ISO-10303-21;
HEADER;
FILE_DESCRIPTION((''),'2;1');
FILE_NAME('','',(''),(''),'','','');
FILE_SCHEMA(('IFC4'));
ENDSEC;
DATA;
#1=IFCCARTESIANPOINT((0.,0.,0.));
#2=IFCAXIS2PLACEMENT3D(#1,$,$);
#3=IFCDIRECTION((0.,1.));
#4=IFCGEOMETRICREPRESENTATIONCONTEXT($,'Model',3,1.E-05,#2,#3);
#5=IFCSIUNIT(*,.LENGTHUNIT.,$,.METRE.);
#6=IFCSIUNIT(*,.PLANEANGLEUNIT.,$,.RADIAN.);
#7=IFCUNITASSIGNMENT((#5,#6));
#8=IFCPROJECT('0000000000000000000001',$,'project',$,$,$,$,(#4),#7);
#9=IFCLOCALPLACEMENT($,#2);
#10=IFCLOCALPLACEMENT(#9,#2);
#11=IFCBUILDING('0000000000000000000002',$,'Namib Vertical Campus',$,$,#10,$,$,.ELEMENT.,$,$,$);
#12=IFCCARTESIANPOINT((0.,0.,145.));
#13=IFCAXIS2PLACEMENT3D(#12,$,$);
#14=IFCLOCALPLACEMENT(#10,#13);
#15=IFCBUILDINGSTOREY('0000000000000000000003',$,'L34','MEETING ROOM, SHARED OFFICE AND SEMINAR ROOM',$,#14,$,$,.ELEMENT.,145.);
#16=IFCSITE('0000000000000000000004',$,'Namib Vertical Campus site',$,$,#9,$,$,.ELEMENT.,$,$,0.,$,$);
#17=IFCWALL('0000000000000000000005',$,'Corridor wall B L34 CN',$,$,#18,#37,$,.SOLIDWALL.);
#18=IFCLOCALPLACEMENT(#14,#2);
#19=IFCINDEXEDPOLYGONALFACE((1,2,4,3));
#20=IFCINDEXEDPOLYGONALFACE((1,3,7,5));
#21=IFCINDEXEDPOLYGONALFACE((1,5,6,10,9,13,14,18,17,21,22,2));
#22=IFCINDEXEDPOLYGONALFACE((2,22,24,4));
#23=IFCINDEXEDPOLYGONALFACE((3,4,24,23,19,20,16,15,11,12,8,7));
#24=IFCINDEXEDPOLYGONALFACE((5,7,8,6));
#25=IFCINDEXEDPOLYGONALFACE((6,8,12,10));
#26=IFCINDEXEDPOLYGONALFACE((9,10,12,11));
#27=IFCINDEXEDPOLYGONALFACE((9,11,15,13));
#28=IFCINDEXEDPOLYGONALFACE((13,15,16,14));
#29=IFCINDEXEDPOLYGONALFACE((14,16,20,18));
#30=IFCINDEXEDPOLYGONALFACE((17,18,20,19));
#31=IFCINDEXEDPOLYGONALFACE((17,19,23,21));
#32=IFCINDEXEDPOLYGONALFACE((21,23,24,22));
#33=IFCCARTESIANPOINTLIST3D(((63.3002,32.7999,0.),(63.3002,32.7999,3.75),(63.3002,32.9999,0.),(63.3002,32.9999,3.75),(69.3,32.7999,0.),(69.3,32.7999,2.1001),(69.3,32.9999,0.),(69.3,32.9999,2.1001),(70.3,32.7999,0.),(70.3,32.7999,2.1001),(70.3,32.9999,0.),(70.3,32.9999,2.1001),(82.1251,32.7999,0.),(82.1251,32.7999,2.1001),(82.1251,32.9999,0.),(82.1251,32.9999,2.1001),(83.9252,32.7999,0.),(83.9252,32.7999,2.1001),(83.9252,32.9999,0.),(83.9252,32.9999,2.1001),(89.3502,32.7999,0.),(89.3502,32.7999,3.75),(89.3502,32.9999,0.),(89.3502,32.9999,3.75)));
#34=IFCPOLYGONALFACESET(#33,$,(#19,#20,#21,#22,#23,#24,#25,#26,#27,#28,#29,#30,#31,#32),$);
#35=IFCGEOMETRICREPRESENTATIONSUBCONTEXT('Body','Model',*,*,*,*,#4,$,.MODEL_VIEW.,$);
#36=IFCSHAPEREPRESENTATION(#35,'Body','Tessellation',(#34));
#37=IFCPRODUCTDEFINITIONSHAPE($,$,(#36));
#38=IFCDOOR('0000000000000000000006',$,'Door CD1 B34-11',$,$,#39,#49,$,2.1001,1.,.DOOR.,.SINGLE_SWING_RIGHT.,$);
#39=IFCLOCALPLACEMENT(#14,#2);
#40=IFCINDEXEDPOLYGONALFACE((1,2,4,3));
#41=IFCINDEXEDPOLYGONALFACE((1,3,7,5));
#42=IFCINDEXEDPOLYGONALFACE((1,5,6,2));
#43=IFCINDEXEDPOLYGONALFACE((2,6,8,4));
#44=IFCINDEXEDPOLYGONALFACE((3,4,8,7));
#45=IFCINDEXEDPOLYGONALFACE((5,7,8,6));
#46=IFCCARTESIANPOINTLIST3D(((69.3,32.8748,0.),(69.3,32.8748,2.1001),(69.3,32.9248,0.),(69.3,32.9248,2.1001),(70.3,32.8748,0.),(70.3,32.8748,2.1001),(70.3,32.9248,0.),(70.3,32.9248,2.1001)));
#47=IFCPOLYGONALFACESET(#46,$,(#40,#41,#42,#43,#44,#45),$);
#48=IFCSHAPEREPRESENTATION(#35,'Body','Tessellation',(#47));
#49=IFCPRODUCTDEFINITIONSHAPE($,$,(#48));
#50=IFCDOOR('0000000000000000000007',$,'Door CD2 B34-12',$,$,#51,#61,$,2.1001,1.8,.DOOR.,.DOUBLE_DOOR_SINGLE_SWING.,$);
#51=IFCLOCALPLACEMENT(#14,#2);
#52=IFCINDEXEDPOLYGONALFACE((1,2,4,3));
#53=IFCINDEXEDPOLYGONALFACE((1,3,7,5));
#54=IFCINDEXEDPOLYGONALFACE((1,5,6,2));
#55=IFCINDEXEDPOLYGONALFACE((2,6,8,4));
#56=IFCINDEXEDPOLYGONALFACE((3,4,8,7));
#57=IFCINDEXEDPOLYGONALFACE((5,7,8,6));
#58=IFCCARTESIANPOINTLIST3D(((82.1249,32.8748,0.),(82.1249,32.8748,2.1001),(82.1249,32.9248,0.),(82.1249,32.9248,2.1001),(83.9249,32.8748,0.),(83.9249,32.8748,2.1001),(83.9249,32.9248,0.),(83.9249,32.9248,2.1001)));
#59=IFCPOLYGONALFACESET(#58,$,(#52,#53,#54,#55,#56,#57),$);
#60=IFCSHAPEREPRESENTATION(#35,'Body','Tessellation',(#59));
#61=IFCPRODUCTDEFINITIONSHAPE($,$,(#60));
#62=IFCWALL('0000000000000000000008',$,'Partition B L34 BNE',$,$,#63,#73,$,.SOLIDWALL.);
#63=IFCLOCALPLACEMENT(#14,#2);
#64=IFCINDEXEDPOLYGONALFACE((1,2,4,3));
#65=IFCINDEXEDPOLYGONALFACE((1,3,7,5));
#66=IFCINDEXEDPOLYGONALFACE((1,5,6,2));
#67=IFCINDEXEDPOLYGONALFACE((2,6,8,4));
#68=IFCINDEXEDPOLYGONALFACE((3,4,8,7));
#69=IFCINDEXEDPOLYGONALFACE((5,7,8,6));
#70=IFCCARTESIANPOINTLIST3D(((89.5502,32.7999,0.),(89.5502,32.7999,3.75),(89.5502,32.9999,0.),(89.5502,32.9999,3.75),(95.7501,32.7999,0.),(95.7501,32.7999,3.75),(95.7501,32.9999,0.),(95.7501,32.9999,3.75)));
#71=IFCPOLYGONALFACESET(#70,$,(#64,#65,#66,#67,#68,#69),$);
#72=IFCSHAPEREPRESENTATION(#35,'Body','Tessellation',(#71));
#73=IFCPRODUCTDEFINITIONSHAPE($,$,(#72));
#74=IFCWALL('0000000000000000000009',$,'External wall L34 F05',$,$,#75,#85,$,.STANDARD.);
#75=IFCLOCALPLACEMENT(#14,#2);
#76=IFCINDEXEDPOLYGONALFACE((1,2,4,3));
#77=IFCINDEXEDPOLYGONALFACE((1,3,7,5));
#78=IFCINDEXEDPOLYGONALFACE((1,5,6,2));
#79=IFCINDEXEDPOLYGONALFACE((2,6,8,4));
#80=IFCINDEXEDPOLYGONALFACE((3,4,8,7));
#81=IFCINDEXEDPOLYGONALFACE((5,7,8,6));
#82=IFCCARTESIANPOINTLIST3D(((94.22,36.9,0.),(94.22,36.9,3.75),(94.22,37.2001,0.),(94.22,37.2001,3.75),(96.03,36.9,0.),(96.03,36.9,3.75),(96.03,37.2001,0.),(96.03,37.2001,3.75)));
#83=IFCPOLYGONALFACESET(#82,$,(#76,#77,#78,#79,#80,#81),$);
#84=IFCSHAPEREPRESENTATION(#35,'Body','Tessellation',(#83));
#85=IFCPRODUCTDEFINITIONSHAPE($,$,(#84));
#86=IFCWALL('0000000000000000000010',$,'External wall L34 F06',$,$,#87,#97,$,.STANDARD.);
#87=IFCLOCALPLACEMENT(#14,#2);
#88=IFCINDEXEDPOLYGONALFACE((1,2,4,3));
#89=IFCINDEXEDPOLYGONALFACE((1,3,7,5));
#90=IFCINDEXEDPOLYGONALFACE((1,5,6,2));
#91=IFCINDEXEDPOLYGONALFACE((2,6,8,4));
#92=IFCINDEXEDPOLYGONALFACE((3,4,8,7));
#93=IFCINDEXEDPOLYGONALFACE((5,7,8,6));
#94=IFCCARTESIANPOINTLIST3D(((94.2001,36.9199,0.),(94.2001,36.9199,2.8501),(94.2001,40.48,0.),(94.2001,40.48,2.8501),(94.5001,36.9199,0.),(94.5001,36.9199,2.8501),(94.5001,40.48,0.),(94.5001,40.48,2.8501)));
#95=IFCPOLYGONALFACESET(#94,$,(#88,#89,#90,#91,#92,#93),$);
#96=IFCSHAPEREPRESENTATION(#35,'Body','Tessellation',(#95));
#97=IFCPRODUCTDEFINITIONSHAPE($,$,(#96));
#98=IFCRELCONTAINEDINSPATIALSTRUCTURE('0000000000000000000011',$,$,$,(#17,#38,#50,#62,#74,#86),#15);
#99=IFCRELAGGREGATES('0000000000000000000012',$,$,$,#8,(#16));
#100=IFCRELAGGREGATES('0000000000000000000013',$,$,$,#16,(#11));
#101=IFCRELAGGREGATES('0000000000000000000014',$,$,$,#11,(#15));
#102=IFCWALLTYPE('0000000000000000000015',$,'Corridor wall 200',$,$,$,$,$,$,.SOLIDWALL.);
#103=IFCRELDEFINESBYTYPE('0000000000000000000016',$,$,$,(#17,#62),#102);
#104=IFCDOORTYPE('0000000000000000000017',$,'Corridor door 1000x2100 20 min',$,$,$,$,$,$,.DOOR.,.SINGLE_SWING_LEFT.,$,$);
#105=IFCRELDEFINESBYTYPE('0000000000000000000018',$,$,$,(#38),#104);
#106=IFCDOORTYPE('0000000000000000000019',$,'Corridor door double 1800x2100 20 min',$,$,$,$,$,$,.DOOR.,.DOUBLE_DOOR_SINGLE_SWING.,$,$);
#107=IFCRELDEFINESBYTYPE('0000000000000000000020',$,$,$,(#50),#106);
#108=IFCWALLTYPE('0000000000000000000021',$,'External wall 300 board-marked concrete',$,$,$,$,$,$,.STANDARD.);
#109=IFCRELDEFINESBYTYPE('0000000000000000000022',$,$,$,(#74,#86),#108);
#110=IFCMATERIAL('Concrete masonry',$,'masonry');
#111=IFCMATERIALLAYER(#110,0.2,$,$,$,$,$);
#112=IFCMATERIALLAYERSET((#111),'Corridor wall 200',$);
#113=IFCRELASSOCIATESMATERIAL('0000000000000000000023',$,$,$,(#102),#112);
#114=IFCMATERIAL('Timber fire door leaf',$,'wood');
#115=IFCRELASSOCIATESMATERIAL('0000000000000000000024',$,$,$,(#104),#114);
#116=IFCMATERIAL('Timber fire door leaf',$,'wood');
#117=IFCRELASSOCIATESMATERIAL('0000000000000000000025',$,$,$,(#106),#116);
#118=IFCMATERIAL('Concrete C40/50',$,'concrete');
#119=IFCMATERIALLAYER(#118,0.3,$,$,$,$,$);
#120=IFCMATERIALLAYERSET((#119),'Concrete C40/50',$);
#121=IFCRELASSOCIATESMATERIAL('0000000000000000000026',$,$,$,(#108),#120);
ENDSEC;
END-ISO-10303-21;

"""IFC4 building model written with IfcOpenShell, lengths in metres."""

from ifc_helpers import new_model, si_unit, direction, frame, frame_2d, origin, place, context, subcontext, project, spatial, rectangle, extrude, material, layer, layer_set, type_object, element, fill, save


model = new_model("IFC4")

# Units and contexts
model_context = context("Model", 3, precision=1e-05, world=origin(), true_north=direction((0.0, 1.0)))
body_context = subcontext(model_context, "Body", "Model", "MODEL_VIEW")
ifc_project = project(units=[si_unit("LENGTHUNIT", "METRE"), si_unit("PLANEANGLEUNIT", "RADIAN")], contexts=[model_context])

# Site, building, storey
site_placement = place(None, origin())
site = spatial("IfcSite", under=ifc_project, at=site_placement, Name="Namib Vertical Campus site", CompositionType="ELEMENT", RefElevation=0.0)
building_placement = place(site_placement, origin())
building = spatial("IfcBuilding", under=site, at=building_placement, Name="Namib Vertical Campus", CompositionType="ELEMENT")
storey_placement = place(building_placement, frame((0.0, 0.0, 145.0)))
storey = spatial("IfcBuildingStorey", under=building, at=storey_placement, Name="L34", Description="MEETING ROOM, SHARED OFFICE AND SEMINAR ROOM", CompositionType="ELEMENT", Elevation=145.0)

# Wall, openings, doors
ifc_material_1 = material(Name="Concrete masonry", Category="masonry")
ifc_layer_1 = layer(ifc_material_1, 0.2)
ifc_layer_set_1 = layer_set([ifc_layer_1], Name="Corridor wall 200")
wall_type_1 = type_object("IfcWallType", Name="Corridor wall 200", PredefinedType="SOLIDWALL", material=ifc_layer_set_1)
wall_1_placement = place(storey_placement, frame((89.3501, 32.8999, 0.0), z_axis=(0.0, 0.0, 1.0), x_axis=(-1.0, 0.0, 0.0)))
wall_1 = element("IfcWall", 1, at=wall_1_placement, inside=storey, type_object=wall_type_1, Name="Corridor wall B L34 CN", PredefinedType="SOLIDWALL", context=body_context, shape_type="SweptSolid", body=[
    extrude(rectangle(XDim=26.05, YDim=0.2, at=frame_2d((13.0249, 0.0))), origin(), (0.0, 0.0, 1.0), 3.75),
])
opening_1_placement = place(wall_1_placement, frame((19.05, 0.0, 0.0)))
opening_1 = element("IfcOpeningElement", 2, at=opening_1_placement, cuts=wall_1, PredefinedType="OPENING", context=body_context, shape_type="SweptSolid", body=[
    extrude(rectangle(XDim=1.0, YDim=2.1001, at=frame_2d((0.5, 1.05))), frame((0.0, 0.1099, 0.0), z_axis=(0.0, -1.0, 0.0), x_axis=(1.0, 0.0, 0.0)), (0.0, 0.0, 1.0), 0.22),
])
opening_2_placement = place(wall_1_placement, frame((5.425, 0.0, 0.0)))
opening_2 = element("IfcOpeningElement", 3, at=opening_2_placement, cuts=wall_1, PredefinedType="OPENING", context=body_context, shape_type="SweptSolid", body=[
    extrude(rectangle(XDim=1.8, YDim=2.1001, at=frame_2d((0.8999, 1.05))), frame((0.0, 0.1099, 0.0), z_axis=(0.0, -1.0, 0.0), x_axis=(1.0, 0.0, 0.0)), (0.0, 0.0, 1.0), 0.22),
])
ifc_material_2 = material(Name="Timber fire door leaf", Category="wood")
door_type_1 = type_object("IfcDoorType", Name="Corridor door 1000x2100 20 min", OperationType="SINGLE_SWING_LEFT", PredefinedType="DOOR", material=ifc_material_2)
door_1_placement = place(opening_1_placement, frame((1.0, 0.0, 0.0), z_axis=(0.0, 0.0, 1.0), x_axis=(-1.0, 0.0, 0.0)))
door_1 = element("IfcDoor", 4, at=door_1_placement, inside=storey, type_object=door_type_1, Name="Door CD1 B34-11", OperationType="SINGLE_SWING_RIGHT", OverallHeight=2.1001, OverallWidth=1.0, PredefinedType="DOOR", context=body_context, shape_type="SweptSolid", body=[
    extrude(rectangle(XDim=1.0, YDim=2.1001, at=frame_2d((0.5, 1.05))), frame((0.0, 0.0249, 0.0), z_axis=(0.0, -1.0, 0.0), x_axis=(1.0, 0.0, 0.0)), (0.0, 0.0, 1.0), 0.05),
])
fill(opening_1, door_1)
ifc_material_3 = material(Name="Timber fire door leaf", Category="wood")
door_type_2 = type_object("IfcDoorType", Name="Corridor door double 1800x2100 20 min", OperationType="DOUBLE_DOOR_SINGLE_SWING", PredefinedType="DOOR", material=ifc_material_3)
door_2_placement = place(opening_2_placement, frame((1.8, 0.0, 0.0), z_axis=(0.0, 0.0, 1.0), x_axis=(-1.0, 0.0, 0.0)))
door_2 = element("IfcDoor", 5, at=door_2_placement, inside=storey, type_object=door_type_2, Name="Door CD2 B34-12", OperationType="DOUBLE_DOOR_SINGLE_SWING", OverallHeight=2.1001, OverallWidth=1.8, PredefinedType="DOOR", context=body_context, shape_type="SweptSolid", body=[
    extrude(rectangle(XDim=1.8, YDim=2.1001, at=frame_2d((0.8999, 1.05))), frame((0.0, 0.0249, 0.0), z_axis=(0.0, -1.0, 0.0), x_axis=(1.0, 0.0, 0.0)), (0.0, 0.0, 1.0), 0.05),
])
fill(opening_2, door_2)

# Walls
wall_2_placement = place(storey_placement, frame((89.55, 32.8999, 0.0), z_axis=(0.0, 0.0, 1.0), x_axis=(1.0, 0.0, 0.0)))
element("IfcWall", 6, at=wall_2_placement, inside=storey, type_object=wall_type_1, Name="Partition B L34 BNE", PredefinedType="SOLIDWALL", context=body_context, shape_type="SweptSolid", body=[
    extrude(rectangle(XDim=6.2, YDim=0.2, at=frame_2d((3.1001, 0.0))), origin(), (0.0, 0.0, 1.0), 3.75),
])
ifc_material_4 = material(Name="Concrete C40/50", Category="concrete")
ifc_layer_2 = layer(ifc_material_4, 0.3)
ifc_layer_set_2 = layer_set([ifc_layer_2], Name="Concrete C40/50")
wall_type_2 = type_object("IfcWallType", Name="External wall 300 board-marked concrete", PredefinedType="STANDARD", material=ifc_layer_set_2)
wall_3_placement = place(storey_placement, frame((96.03, 37.05, 0.0), z_axis=(0.0, 0.0, 1.0), x_axis=(-1.0, 0.0, 0.0)))
element("IfcWall", 7, at=wall_3_placement, inside=storey, type_object=wall_type_2, Name="External wall L34 F05", PredefinedType="STANDARD", context=body_context, shape_type="SweptSolid", body=[
    extrude(rectangle(XDim=1.8101, YDim=0.3, at=frame_2d((0.905, 0.0))), origin(), (0.0, 0.0, 1.0), 3.75),
])
wall_4_placement = place(storey_placement, frame((94.3501, 36.9199, 0.0), z_axis=(0.0, 0.0, 1.0), x_axis=(0.0, 1.0, 0.0)))
element("IfcWall", 8, at=wall_4_placement, inside=storey, type_object=wall_type_2, Name="External wall L34 F06", PredefinedType="STANDARD", context=body_context, shape_type="SweptSolid", body=[
    extrude(rectangle(XDim=3.5601, YDim=0.3, at=frame_2d((1.78, 0.0))), origin(), (0.0, 0.0, 1.0), 2.8501),
])

save(model, "model.ifc")
